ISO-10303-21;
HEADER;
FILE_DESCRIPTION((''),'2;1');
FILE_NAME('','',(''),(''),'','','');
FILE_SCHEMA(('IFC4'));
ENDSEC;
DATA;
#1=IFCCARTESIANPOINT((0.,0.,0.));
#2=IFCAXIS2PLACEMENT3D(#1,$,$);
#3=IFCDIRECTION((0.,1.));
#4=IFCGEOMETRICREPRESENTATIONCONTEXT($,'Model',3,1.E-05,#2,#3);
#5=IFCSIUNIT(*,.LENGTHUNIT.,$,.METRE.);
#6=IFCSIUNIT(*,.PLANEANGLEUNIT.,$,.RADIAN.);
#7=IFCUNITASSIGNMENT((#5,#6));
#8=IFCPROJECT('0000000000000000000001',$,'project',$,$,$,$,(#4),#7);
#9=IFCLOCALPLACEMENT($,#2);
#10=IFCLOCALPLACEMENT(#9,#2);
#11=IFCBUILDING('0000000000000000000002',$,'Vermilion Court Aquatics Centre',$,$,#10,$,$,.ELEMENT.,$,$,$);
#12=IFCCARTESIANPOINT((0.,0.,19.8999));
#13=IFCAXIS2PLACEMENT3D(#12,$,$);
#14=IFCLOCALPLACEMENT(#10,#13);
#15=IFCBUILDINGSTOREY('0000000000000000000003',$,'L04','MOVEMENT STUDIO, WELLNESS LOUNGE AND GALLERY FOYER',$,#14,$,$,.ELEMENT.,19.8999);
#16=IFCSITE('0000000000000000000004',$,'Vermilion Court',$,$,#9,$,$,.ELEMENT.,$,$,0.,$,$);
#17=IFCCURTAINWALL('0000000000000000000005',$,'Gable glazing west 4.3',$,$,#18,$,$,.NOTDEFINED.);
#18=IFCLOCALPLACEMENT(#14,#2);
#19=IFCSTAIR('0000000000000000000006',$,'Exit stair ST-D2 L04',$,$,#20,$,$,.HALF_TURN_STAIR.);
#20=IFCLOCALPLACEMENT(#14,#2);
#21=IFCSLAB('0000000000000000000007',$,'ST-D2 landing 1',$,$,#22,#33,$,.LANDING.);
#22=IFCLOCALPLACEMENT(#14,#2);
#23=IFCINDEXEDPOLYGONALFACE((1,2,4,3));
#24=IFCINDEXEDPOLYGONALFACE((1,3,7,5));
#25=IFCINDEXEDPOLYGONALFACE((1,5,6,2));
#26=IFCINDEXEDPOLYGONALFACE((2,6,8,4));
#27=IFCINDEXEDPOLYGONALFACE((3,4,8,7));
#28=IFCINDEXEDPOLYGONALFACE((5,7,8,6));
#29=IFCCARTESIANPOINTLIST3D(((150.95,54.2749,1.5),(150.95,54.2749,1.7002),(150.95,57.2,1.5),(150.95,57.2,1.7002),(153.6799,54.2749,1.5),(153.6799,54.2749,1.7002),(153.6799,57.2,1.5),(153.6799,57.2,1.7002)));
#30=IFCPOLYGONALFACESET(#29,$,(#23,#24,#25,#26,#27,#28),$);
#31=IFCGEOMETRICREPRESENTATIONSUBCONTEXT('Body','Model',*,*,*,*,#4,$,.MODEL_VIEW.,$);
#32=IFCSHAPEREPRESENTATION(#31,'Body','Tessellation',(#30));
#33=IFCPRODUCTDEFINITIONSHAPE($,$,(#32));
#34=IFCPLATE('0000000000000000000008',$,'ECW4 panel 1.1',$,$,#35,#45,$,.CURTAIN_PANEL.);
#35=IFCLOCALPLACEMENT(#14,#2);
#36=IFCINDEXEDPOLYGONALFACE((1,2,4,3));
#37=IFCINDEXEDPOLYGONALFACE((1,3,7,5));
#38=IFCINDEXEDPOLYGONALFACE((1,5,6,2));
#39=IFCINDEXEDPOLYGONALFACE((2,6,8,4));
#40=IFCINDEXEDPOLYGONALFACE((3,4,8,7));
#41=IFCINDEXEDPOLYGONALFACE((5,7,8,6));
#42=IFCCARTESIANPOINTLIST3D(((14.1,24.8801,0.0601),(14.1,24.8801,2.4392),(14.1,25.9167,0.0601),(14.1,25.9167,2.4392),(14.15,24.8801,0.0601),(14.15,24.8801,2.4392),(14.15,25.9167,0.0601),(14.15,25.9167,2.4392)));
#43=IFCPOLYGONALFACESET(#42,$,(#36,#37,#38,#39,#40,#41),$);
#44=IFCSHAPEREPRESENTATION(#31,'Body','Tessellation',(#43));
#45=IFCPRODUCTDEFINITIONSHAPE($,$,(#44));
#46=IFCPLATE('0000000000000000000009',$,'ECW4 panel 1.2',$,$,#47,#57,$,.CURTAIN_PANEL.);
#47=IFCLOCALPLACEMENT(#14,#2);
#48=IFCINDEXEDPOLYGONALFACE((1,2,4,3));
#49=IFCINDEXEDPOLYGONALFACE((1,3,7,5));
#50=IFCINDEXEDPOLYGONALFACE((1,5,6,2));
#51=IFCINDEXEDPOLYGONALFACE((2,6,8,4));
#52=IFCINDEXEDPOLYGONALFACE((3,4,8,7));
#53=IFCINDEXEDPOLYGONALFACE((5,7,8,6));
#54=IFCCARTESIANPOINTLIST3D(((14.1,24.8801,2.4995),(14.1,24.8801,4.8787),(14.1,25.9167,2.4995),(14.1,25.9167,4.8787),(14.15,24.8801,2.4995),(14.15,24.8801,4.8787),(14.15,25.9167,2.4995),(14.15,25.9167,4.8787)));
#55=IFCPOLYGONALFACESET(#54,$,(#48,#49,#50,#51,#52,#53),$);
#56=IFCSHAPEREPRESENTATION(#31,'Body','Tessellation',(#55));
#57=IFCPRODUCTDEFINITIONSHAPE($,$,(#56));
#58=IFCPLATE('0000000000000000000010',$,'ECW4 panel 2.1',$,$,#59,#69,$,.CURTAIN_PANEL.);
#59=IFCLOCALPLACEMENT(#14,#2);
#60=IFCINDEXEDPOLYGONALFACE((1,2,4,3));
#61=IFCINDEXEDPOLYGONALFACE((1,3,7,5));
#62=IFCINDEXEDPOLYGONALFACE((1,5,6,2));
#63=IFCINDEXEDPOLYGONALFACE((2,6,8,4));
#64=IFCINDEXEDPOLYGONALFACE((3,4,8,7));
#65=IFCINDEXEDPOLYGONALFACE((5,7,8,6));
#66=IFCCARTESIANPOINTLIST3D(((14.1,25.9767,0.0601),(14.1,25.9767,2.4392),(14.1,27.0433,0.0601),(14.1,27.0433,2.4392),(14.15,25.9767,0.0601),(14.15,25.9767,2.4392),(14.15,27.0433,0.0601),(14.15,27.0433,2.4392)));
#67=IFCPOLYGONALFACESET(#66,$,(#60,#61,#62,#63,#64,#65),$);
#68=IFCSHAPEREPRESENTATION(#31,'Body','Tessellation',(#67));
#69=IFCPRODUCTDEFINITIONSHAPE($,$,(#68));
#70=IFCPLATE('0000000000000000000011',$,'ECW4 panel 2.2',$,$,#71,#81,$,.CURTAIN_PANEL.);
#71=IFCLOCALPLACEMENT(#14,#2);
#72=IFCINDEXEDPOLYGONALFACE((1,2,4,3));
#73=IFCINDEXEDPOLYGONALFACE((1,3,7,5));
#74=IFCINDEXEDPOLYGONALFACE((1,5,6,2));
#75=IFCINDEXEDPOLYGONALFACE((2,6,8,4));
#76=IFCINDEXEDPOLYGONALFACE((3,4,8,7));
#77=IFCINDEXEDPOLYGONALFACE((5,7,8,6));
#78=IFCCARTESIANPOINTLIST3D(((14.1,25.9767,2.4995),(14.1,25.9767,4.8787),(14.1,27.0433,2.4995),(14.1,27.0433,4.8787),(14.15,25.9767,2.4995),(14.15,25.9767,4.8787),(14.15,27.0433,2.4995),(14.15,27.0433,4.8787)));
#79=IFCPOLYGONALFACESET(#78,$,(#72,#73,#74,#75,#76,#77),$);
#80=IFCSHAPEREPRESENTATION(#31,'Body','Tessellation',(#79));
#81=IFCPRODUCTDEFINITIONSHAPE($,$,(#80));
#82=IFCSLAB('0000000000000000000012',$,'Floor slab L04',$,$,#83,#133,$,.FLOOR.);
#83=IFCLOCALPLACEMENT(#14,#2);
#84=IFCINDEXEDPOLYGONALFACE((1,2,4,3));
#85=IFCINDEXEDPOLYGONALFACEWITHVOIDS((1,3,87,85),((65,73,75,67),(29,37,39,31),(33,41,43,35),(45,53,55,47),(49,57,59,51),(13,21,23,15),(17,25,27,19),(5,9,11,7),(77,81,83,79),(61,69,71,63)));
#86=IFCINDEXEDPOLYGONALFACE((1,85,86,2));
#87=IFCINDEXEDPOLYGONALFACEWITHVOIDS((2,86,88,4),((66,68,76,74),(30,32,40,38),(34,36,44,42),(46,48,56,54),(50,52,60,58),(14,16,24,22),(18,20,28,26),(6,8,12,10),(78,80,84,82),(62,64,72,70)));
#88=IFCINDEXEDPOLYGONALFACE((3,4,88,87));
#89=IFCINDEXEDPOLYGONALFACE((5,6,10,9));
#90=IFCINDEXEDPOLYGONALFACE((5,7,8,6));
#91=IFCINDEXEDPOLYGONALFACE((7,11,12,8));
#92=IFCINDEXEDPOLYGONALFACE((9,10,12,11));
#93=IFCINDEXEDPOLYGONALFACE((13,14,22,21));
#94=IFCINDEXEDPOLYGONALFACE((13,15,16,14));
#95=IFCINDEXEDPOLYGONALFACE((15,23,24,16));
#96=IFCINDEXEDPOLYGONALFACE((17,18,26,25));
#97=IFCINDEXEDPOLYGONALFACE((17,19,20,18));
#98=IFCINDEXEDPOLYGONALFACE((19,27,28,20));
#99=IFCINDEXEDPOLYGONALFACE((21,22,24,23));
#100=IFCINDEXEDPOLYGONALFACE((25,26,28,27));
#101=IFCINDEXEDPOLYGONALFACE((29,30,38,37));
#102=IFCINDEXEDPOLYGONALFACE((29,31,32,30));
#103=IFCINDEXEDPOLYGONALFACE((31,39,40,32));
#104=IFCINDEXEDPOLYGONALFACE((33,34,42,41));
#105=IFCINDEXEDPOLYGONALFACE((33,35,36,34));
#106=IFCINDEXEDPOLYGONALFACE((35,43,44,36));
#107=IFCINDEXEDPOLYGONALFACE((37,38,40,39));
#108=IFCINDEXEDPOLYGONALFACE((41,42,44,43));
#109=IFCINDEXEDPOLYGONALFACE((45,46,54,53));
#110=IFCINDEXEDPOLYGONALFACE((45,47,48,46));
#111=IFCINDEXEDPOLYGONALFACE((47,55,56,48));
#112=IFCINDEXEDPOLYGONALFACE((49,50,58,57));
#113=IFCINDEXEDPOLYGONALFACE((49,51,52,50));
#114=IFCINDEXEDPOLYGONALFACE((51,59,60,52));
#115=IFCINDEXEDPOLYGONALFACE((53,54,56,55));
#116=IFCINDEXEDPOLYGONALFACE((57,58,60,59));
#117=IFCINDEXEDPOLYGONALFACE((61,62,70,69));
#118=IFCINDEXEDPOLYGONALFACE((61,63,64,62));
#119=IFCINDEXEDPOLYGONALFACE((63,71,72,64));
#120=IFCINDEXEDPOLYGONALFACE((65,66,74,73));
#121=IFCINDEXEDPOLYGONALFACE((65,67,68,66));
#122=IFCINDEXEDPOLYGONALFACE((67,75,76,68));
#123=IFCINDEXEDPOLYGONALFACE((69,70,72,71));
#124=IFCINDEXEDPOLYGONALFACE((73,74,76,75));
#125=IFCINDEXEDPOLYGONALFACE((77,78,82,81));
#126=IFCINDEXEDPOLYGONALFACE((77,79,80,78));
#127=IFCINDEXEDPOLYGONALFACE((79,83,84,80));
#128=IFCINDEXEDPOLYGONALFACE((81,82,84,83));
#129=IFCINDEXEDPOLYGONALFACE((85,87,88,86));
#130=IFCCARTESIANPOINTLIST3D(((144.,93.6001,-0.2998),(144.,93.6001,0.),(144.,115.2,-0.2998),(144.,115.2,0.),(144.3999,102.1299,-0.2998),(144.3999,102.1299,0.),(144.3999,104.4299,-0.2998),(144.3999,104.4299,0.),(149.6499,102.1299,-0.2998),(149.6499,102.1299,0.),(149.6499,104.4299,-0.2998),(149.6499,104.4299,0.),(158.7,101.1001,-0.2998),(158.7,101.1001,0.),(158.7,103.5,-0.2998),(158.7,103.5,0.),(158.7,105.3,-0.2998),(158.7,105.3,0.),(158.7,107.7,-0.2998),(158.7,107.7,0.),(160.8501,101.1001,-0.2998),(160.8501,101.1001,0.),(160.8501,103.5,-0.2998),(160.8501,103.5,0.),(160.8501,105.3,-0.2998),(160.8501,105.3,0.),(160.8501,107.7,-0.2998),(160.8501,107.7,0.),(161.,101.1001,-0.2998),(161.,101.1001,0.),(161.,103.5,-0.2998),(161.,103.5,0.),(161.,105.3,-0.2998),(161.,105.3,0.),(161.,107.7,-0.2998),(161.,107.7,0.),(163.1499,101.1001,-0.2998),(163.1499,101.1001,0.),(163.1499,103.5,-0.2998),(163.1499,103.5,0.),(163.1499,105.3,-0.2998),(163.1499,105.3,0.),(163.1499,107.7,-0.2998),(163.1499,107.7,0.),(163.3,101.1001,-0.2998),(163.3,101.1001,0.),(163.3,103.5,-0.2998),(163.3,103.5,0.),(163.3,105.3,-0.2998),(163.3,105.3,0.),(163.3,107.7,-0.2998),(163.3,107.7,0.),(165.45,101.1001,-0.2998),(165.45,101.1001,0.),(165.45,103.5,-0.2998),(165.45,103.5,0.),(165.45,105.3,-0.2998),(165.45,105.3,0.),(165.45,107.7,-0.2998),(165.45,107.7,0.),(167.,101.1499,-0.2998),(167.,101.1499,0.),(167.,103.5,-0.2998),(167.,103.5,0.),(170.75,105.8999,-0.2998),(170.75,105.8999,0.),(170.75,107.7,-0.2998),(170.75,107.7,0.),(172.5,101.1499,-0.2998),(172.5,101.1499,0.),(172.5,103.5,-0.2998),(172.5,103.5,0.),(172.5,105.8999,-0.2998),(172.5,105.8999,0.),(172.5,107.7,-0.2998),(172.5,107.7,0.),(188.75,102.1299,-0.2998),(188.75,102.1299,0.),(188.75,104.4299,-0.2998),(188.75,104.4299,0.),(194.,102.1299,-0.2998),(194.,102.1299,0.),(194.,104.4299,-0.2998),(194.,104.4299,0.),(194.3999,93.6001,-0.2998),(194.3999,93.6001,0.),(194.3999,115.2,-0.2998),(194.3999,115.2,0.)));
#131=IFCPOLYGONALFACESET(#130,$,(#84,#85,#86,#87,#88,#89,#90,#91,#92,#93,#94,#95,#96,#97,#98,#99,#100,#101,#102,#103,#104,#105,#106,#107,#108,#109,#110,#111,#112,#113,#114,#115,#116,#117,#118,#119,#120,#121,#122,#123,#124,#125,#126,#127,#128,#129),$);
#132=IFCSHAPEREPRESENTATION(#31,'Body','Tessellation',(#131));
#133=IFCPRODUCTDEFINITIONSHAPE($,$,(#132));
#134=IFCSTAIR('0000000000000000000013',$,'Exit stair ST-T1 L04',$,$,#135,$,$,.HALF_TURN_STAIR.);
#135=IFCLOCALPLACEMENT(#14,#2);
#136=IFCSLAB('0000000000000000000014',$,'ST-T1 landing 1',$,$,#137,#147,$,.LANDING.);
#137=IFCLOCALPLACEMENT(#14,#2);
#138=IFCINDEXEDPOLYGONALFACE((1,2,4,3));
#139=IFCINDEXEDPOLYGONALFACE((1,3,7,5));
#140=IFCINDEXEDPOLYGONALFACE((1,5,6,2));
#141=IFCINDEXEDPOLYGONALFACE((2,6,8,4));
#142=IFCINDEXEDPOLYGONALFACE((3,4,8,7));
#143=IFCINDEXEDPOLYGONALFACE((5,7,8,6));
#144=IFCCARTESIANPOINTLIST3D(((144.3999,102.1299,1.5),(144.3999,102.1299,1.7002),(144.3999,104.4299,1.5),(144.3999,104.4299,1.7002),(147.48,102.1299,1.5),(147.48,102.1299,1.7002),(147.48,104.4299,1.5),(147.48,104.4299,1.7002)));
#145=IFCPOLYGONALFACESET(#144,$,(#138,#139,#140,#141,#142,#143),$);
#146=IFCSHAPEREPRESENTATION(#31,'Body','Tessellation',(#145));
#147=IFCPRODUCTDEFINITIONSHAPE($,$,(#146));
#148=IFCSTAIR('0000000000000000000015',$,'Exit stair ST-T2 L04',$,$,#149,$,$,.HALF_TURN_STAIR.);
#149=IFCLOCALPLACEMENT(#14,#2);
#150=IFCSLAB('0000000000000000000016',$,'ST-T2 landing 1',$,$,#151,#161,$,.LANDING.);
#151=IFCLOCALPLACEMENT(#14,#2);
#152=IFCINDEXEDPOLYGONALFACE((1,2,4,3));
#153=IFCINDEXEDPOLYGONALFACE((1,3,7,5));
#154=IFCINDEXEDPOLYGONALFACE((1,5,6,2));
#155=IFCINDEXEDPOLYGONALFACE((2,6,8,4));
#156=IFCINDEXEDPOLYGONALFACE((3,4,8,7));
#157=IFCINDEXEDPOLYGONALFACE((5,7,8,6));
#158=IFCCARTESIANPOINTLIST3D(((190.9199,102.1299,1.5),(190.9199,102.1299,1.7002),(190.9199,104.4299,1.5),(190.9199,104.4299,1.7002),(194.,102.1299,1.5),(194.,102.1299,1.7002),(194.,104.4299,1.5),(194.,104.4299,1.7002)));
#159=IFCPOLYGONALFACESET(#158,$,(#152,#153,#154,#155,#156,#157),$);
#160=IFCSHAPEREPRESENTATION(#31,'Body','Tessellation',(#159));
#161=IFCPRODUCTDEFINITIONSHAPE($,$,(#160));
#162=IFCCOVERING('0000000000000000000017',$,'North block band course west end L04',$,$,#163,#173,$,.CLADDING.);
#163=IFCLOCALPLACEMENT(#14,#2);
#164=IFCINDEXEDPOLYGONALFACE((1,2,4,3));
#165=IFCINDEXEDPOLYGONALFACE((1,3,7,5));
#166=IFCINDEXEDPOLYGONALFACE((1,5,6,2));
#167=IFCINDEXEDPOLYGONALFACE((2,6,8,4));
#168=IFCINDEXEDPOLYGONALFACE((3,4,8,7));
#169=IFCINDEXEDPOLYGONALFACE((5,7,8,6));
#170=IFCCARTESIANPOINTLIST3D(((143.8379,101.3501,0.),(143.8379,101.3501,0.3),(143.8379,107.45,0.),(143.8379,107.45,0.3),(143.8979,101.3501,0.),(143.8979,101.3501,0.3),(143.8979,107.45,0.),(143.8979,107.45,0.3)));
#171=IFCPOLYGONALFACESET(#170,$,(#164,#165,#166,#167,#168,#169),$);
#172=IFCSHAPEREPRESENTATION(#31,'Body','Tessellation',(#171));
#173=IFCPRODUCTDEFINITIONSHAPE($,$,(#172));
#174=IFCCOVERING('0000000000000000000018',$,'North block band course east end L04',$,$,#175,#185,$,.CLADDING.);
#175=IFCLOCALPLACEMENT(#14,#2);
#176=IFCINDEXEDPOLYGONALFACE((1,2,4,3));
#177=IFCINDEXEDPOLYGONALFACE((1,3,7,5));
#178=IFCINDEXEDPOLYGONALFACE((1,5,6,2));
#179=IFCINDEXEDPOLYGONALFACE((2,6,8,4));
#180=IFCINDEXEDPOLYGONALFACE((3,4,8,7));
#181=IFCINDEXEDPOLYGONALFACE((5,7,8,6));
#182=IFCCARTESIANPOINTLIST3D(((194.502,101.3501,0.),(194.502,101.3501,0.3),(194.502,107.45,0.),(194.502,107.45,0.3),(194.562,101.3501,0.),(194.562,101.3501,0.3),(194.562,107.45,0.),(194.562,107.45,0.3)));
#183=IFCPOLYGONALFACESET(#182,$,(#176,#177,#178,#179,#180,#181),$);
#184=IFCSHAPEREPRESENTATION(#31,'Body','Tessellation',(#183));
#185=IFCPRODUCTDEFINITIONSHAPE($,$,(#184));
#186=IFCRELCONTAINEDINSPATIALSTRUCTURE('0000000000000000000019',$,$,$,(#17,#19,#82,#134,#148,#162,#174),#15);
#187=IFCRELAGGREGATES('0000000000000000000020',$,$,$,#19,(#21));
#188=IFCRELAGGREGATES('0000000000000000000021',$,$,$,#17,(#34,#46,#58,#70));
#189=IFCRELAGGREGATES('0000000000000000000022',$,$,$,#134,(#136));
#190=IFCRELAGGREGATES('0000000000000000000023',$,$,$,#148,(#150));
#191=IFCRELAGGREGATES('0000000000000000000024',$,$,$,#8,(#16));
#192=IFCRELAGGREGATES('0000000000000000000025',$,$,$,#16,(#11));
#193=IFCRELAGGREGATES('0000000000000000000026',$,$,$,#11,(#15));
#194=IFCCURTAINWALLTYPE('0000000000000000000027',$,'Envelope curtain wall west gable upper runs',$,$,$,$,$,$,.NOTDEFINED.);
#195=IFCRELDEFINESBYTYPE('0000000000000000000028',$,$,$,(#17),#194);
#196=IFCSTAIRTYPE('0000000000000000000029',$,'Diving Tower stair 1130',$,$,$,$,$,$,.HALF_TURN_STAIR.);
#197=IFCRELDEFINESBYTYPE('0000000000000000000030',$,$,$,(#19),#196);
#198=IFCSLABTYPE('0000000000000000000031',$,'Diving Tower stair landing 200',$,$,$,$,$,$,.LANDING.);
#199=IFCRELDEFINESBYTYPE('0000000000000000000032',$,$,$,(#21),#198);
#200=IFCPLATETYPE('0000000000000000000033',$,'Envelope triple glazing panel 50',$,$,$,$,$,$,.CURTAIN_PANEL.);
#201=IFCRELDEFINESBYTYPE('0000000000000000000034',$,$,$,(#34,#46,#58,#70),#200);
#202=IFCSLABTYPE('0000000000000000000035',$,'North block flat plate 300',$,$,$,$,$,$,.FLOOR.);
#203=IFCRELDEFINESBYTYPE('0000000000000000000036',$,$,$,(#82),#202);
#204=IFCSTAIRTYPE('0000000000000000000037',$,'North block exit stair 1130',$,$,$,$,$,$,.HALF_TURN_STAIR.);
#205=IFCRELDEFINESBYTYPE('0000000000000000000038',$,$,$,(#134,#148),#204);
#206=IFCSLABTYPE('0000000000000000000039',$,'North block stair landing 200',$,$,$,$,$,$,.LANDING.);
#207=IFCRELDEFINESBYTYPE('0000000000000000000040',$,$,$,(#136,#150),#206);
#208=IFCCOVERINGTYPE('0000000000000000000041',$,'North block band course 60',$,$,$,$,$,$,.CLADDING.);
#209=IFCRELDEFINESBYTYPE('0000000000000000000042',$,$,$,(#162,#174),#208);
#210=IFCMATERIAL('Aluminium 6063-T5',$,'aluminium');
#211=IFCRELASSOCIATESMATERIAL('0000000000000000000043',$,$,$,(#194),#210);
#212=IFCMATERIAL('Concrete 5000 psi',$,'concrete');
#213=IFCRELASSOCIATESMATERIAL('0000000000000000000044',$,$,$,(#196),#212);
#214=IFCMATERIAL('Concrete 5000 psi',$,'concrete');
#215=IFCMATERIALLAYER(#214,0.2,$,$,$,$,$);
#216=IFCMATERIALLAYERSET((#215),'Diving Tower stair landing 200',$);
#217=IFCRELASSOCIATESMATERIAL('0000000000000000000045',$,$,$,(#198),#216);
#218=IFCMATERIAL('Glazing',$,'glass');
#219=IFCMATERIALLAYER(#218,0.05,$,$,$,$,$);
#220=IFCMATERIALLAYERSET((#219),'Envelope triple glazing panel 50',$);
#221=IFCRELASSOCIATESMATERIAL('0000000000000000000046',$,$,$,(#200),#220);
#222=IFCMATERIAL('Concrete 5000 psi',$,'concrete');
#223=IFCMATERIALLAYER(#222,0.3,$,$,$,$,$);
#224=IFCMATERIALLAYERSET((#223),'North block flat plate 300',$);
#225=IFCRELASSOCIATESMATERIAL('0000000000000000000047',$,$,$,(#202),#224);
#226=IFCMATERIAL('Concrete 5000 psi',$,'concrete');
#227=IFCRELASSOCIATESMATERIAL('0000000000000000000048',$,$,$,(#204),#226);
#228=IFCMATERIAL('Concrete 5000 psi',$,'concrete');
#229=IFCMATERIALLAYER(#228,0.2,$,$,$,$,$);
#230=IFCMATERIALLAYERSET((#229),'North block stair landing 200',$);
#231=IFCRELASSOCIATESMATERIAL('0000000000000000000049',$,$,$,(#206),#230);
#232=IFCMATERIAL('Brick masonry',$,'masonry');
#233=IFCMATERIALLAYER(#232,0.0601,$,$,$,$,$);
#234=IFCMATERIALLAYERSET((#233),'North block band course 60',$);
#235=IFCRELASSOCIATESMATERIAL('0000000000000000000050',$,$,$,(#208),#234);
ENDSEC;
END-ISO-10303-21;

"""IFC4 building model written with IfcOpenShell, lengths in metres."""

from ifc_helpers import new_model, si_unit, direction, frame, origin, origin_2d, place, context, subcontext, project, spatial, polyline, rectangle, outline, extrude, material, layer, layer_set, type_object, element, aggregate, save


model = new_model("IFC4")

# Units and contexts
model_context = context("Model", 3, precision=1e-05, world=origin(), true_north=direction((0.0, 1.0)))
body_context = subcontext(model_context, "Body", "Model", "MODEL_VIEW")
ifc_project = project(units=[si_unit("LENGTHUNIT", "METRE"), si_unit("PLANEANGLEUNIT", "RADIAN")], contexts=[model_context])

# Site, building, storey
site_placement = place(None, origin())
site = spatial("IfcSite", under=ifc_project, at=site_placement, Name="Vermilion Court", CompositionType="ELEMENT", RefElevation=0.0)
building_placement = place(site_placement, origin())
building = spatial("IfcBuilding", under=site, at=building_placement, Name="Vermilion Court Aquatics Centre", CompositionType="ELEMENT")
storey_placement = place(building_placement, frame((0.0, 0.0, 19.8999)))
storey = spatial("IfcBuildingStorey", under=building, at=storey_placement, Name="L04", Description="MOVEMENT STUDIO, WELLNESS LOUNGE AND GALLERY FOYER", CompositionType="ELEMENT", Elevation=19.8999)

# Curtain wall
ifc_material_1 = material(Name="Aluminium 6063-T5", Category="aluminium")
curtain_wall_type = type_object("IfcCurtainWallType", Name="Envelope curtain wall west gable upper runs", PredefinedType="NOTDEFINED", material=ifc_material_1)
curtain_wall_placement = place(storey_placement, origin())
curtain_wall = element("IfcCurtainWall", 1, at=curtain_wall_placement, inside=storey, type_object=curtain_wall_type, Name="Gable glazing west 4.3", PredefinedType="NOTDEFINED")

# Stair, slab
ifc_material_2 = material(Name="Concrete 5000 psi", Category="concrete")
stair_type_1 = type_object("IfcStairType", Name="Diving Tower stair 1130", PredefinedType="HALF_TURN_STAIR", material=ifc_material_2)
ifc_material_3 = material(Name="Concrete 5000 psi", Category="concrete")
ifc_layer_1 = layer(ifc_material_3, 0.2)
ifc_layer_set_1 = layer_set([ifc_layer_1], Name="Diving Tower stair landing 200")
slab_type_1 = type_object("IfcSlabType", Name="Diving Tower stair landing 200", PredefinedType="LANDING", material=ifc_layer_set_1)
stair_1_placement = place(storey_placement, origin())
stair_1 = element("IfcStair", 2, at=stair_1_placement, inside=storey, type_object=stair_type_1, Name="Exit stair ST-D2 L04", PredefinedType="HALF_TURN_STAIR")
slab_1_placement = place(storey_placement, frame((0.0, 0.0, 1.5)))
slab_1 = element("IfcSlab", 3, at=slab_1_placement, type_object=slab_type_1, Name="ST-D2 landing 1", PredefinedType="LANDING", context=body_context, shape_type="SweptSolid", body=[
    extrude(outline(polyline([(150.95, 54.2749), (153.6799, 54.2749), (153.6799, 57.2), (150.95, 57.2), (150.95, 54.2749)])), origin(), (0.0, 0.0, 1.0), 0.2002),
])
aggregate(stair_1, [slab_1])

# Plates
ifc_material_4 = material(Name="Glazing", Category="glass")
ifc_layer_2 = layer(ifc_material_4, 0.05)
ifc_layer_set_2 = layer_set([ifc_layer_2], Name="Envelope triple glazing panel 50")
plate_type = type_object("IfcPlateType", Name="Envelope triple glazing panel 50", PredefinedType="CURTAIN_PANEL", material=ifc_layer_set_2)
plate_1_placement = place(storey_placement, frame((14.125, 25.3984, 0.0601), z_axis=(0.0, 0.0, 1.0), x_axis=(0.0, 1.0, 0.0)))
plate_1 = element("IfcPlate", 4, at=plate_1_placement, type_object=plate_type, Name="ECW4 panel 1.1", PredefinedType="CURTAIN_PANEL", context=body_context, shape_type="SweptSolid", body=[
    extrude(rectangle(XDim=1.0366, YDim=0.05, at=origin_2d()), origin(), (0.0, 0.0, 1.0), 2.3792),
])
plate_2_placement = place(storey_placement, frame((14.125, 25.3984, 2.4995), z_axis=(0.0, 0.0, 1.0), x_axis=(0.0, 1.0, 0.0)))
plate_2 = element("IfcPlate", 5, at=plate_2_placement, type_object=plate_type, Name="ECW4 panel 1.2", PredefinedType="CURTAIN_PANEL", context=body_context, shape_type="SweptSolid", body=[
    extrude(rectangle(XDim=1.0366, YDim=0.05, at=origin_2d()), origin(), (0.0, 0.0, 1.0), 2.3792),
])
plate_3_placement = place(storey_placement, frame((14.125, 26.51, 0.0601), z_axis=(0.0, 0.0, 1.0), x_axis=(0.0, 1.0, 0.0)))
plate_3 = element("IfcPlate", 6, at=plate_3_placement, type_object=plate_type, Name="ECW4 panel 2.1", PredefinedType="CURTAIN_PANEL", context=body_context, shape_type="SweptSolid", body=[
    extrude(rectangle(XDim=1.0667, YDim=0.05, at=origin_2d()), origin(), (0.0, 0.0, 1.0), 2.3792),
])
plate_4_placement = place(storey_placement, frame((14.125, 26.51, 2.4995), z_axis=(0.0, 0.0, 1.0), x_axis=(0.0, 1.0, 0.0)))
plate_4 = element("IfcPlate", 7, at=plate_4_placement, type_object=plate_type, Name="ECW4 panel 2.2", PredefinedType="CURTAIN_PANEL", context=body_context, shape_type="SweptSolid", body=[
    extrude(rectangle(XDim=1.0667, YDim=0.05, at=origin_2d()), origin(), (0.0, 0.0, 1.0), 2.3792),
])
aggregate(curtain_wall, [plate_1, plate_2, plate_3, plate_4])

# Slab
ifc_material_5 = material(Name="Concrete 5000 psi", Category="concrete")
ifc_layer_3 = layer(ifc_material_5, 0.3)
ifc_layer_set_3 = layer_set([ifc_layer_3], Name="North block flat plate 300")
slab_type_2 = type_object("IfcSlabType", Name="North block flat plate 300", PredefinedType="FLOOR", material=ifc_layer_set_3)
slab_2_placement = place(storey_placement, frame((0.0, 0.0, -0.2998)))
element("IfcSlab", 8, at=slab_2_placement, inside=storey, type_object=slab_type_2, Name="Floor slab L04", PredefinedType="FLOOR", context=body_context, shape_type="SweptSolid", body=[
    extrude(outline(polyline([(144.0, 93.6001), (194.3999, 93.6001), (194.3999, 115.2), (144.0, 115.2), (144.0, 93.6001)]), holes=[polyline([(158.7, 101.1001), (160.8501, 101.1001), (160.8501, 103.5), (158.7, 103.5), (158.7, 101.1001)]), polyline([(158.7, 105.3), (160.8501, 105.3), (160.8501, 107.7), (158.7, 107.7), (158.7, 105.3)]), polyline([(161.0, 101.1001), (163.1499, 101.1001), (163.1499, 103.5), (161.0, 103.5), (161.0, 101.1001)]), polyline([(161.0, 105.3), (163.1499, 105.3), (163.1499, 107.7), (161.0, 107.7), (161.0, 105.3)]), polyline([(163.3, 101.1001), (165.45, 101.1001), (165.45, 103.5), (163.3, 103.5), (163.3, 101.1001)]), polyline([(163.3, 105.3), (165.45, 105.3), (165.45, 107.7), (163.3, 107.7), (163.3, 105.3)]), polyline([(167.0, 101.1499), (172.5, 101.1499), (172.5, 103.5), (167.0, 103.5), (167.0, 101.1499)]), polyline([(170.75, 105.8999), (172.5, 105.8999), (172.5, 107.7), (170.75, 107.7), (170.75, 105.8999)]), polyline([(144.3999, 102.1299), (149.6499, 102.1299), (149.6499, 104.4299), (144.3999, 104.4299), (144.3999, 102.1299)]), polyline([(188.75, 102.1299), (194.0, 102.1299), (194.0, 104.4299), (188.75, 104.4299), (188.75, 102.1299)])]), origin(), (0.0, 0.0, 1.0), 0.2998),
])

# Stairs, slabs
ifc_material_6 = material(Name="Concrete 5000 psi", Category="concrete")
stair_type_2 = type_object("IfcStairType", Name="North block exit stair 1130", PredefinedType="HALF_TURN_STAIR", material=ifc_material_6)
stair_2_placement = place(storey_placement, origin())
stair_2 = element("IfcStair", 9, at=stair_2_placement, inside=storey, type_object=stair_type_2, Name="Exit stair ST-T1 L04", PredefinedType="HALF_TURN_STAIR")
ifc_material_7 = material(Name="Concrete 5000 psi", Category="concrete")
ifc_layer_4 = layer(ifc_material_7, 0.2)
ifc_layer_set_4 = layer_set([ifc_layer_4], Name="North block stair landing 200")
slab_type_3 = type_object("IfcSlabType", Name="North block stair landing 200", PredefinedType="LANDING", material=ifc_layer_set_4)
slab_3_placement = place(storey_placement, frame((0.0, 0.0, 1.5)))
slab_3 = element("IfcSlab", 10, at=slab_3_placement, type_object=slab_type_3, Name="ST-T1 landing 1", PredefinedType="LANDING", context=body_context, shape_type="SweptSolid", body=[
    extrude(outline(polyline([(144.3999, 102.1299), (147.48, 102.1299), (147.48, 104.4299), (144.3999, 104.4299), (144.3999, 102.1299)])), origin(), (0.0, 0.0, 1.0), 0.2002),
])
aggregate(stair_2, [slab_3])
stair_3_placement = place(storey_placement, origin())
stair_3 = element("IfcStair", 11, at=stair_3_placement, inside=storey, type_object=stair_type_2, Name="Exit stair ST-T2 L04", PredefinedType="HALF_TURN_STAIR")
slab_4_placement = place(storey_placement, frame((0.0, 0.0, 1.5)))
slab_4 = element("IfcSlab", 12, at=slab_4_placement, type_object=slab_type_3, Name="ST-T2 landing 1", PredefinedType="LANDING", context=body_context, shape_type="SweptSolid", body=[
    extrude(outline(polyline([(190.9199, 102.1299), (194.0, 102.1299), (194.0, 104.4299), (190.9199, 104.4299), (190.9199, 102.1299)])), origin(), (0.0, 0.0, 1.0), 0.2002),
])
aggregate(stair_3, [slab_4])

# Coverings
ifc_material_8 = material(Name="Brick masonry", Category="masonry")
ifc_layer_5 = layer(ifc_material_8, 0.0601)
ifc_layer_set_5 = layer_set([ifc_layer_5], Name="North block band course 60")
covering_type = type_object("IfcCoveringType", Name="North block band course 60", PredefinedType="CLADDING", material=ifc_layer_set_5)
covering_1_placement = place(storey_placement, origin())
element("IfcCovering", 13, at=covering_1_placement, inside=storey, type_object=covering_type, Name="North block band course west end L04", PredefinedType="CLADDING", context=body_context, shape_type="SweptSolid", body=[
    extrude(outline(polyline([(143.8379, 101.3501), (143.8979, 101.3501), (143.8979, 107.45), (143.8379, 107.45), (143.8379, 101.3501)])), origin(), (0.0, 0.0, 1.0), 0.3),
])
covering_2_placement = place(storey_placement, origin())
element("IfcCovering", 14, at=covering_2_placement, inside=storey, type_object=covering_type, Name="North block band course east end L04", PredefinedType="CLADDING", context=body_context, shape_type="SweptSolid", body=[
    extrude(outline(polyline([(194.502, 101.3501), (194.562, 101.3501), (194.562, 107.45), (194.502, 107.45), (194.502, 101.3501)])), origin(), (0.0, 0.0, 1.0), 0.3),
])

save(model, "model.ifc")
